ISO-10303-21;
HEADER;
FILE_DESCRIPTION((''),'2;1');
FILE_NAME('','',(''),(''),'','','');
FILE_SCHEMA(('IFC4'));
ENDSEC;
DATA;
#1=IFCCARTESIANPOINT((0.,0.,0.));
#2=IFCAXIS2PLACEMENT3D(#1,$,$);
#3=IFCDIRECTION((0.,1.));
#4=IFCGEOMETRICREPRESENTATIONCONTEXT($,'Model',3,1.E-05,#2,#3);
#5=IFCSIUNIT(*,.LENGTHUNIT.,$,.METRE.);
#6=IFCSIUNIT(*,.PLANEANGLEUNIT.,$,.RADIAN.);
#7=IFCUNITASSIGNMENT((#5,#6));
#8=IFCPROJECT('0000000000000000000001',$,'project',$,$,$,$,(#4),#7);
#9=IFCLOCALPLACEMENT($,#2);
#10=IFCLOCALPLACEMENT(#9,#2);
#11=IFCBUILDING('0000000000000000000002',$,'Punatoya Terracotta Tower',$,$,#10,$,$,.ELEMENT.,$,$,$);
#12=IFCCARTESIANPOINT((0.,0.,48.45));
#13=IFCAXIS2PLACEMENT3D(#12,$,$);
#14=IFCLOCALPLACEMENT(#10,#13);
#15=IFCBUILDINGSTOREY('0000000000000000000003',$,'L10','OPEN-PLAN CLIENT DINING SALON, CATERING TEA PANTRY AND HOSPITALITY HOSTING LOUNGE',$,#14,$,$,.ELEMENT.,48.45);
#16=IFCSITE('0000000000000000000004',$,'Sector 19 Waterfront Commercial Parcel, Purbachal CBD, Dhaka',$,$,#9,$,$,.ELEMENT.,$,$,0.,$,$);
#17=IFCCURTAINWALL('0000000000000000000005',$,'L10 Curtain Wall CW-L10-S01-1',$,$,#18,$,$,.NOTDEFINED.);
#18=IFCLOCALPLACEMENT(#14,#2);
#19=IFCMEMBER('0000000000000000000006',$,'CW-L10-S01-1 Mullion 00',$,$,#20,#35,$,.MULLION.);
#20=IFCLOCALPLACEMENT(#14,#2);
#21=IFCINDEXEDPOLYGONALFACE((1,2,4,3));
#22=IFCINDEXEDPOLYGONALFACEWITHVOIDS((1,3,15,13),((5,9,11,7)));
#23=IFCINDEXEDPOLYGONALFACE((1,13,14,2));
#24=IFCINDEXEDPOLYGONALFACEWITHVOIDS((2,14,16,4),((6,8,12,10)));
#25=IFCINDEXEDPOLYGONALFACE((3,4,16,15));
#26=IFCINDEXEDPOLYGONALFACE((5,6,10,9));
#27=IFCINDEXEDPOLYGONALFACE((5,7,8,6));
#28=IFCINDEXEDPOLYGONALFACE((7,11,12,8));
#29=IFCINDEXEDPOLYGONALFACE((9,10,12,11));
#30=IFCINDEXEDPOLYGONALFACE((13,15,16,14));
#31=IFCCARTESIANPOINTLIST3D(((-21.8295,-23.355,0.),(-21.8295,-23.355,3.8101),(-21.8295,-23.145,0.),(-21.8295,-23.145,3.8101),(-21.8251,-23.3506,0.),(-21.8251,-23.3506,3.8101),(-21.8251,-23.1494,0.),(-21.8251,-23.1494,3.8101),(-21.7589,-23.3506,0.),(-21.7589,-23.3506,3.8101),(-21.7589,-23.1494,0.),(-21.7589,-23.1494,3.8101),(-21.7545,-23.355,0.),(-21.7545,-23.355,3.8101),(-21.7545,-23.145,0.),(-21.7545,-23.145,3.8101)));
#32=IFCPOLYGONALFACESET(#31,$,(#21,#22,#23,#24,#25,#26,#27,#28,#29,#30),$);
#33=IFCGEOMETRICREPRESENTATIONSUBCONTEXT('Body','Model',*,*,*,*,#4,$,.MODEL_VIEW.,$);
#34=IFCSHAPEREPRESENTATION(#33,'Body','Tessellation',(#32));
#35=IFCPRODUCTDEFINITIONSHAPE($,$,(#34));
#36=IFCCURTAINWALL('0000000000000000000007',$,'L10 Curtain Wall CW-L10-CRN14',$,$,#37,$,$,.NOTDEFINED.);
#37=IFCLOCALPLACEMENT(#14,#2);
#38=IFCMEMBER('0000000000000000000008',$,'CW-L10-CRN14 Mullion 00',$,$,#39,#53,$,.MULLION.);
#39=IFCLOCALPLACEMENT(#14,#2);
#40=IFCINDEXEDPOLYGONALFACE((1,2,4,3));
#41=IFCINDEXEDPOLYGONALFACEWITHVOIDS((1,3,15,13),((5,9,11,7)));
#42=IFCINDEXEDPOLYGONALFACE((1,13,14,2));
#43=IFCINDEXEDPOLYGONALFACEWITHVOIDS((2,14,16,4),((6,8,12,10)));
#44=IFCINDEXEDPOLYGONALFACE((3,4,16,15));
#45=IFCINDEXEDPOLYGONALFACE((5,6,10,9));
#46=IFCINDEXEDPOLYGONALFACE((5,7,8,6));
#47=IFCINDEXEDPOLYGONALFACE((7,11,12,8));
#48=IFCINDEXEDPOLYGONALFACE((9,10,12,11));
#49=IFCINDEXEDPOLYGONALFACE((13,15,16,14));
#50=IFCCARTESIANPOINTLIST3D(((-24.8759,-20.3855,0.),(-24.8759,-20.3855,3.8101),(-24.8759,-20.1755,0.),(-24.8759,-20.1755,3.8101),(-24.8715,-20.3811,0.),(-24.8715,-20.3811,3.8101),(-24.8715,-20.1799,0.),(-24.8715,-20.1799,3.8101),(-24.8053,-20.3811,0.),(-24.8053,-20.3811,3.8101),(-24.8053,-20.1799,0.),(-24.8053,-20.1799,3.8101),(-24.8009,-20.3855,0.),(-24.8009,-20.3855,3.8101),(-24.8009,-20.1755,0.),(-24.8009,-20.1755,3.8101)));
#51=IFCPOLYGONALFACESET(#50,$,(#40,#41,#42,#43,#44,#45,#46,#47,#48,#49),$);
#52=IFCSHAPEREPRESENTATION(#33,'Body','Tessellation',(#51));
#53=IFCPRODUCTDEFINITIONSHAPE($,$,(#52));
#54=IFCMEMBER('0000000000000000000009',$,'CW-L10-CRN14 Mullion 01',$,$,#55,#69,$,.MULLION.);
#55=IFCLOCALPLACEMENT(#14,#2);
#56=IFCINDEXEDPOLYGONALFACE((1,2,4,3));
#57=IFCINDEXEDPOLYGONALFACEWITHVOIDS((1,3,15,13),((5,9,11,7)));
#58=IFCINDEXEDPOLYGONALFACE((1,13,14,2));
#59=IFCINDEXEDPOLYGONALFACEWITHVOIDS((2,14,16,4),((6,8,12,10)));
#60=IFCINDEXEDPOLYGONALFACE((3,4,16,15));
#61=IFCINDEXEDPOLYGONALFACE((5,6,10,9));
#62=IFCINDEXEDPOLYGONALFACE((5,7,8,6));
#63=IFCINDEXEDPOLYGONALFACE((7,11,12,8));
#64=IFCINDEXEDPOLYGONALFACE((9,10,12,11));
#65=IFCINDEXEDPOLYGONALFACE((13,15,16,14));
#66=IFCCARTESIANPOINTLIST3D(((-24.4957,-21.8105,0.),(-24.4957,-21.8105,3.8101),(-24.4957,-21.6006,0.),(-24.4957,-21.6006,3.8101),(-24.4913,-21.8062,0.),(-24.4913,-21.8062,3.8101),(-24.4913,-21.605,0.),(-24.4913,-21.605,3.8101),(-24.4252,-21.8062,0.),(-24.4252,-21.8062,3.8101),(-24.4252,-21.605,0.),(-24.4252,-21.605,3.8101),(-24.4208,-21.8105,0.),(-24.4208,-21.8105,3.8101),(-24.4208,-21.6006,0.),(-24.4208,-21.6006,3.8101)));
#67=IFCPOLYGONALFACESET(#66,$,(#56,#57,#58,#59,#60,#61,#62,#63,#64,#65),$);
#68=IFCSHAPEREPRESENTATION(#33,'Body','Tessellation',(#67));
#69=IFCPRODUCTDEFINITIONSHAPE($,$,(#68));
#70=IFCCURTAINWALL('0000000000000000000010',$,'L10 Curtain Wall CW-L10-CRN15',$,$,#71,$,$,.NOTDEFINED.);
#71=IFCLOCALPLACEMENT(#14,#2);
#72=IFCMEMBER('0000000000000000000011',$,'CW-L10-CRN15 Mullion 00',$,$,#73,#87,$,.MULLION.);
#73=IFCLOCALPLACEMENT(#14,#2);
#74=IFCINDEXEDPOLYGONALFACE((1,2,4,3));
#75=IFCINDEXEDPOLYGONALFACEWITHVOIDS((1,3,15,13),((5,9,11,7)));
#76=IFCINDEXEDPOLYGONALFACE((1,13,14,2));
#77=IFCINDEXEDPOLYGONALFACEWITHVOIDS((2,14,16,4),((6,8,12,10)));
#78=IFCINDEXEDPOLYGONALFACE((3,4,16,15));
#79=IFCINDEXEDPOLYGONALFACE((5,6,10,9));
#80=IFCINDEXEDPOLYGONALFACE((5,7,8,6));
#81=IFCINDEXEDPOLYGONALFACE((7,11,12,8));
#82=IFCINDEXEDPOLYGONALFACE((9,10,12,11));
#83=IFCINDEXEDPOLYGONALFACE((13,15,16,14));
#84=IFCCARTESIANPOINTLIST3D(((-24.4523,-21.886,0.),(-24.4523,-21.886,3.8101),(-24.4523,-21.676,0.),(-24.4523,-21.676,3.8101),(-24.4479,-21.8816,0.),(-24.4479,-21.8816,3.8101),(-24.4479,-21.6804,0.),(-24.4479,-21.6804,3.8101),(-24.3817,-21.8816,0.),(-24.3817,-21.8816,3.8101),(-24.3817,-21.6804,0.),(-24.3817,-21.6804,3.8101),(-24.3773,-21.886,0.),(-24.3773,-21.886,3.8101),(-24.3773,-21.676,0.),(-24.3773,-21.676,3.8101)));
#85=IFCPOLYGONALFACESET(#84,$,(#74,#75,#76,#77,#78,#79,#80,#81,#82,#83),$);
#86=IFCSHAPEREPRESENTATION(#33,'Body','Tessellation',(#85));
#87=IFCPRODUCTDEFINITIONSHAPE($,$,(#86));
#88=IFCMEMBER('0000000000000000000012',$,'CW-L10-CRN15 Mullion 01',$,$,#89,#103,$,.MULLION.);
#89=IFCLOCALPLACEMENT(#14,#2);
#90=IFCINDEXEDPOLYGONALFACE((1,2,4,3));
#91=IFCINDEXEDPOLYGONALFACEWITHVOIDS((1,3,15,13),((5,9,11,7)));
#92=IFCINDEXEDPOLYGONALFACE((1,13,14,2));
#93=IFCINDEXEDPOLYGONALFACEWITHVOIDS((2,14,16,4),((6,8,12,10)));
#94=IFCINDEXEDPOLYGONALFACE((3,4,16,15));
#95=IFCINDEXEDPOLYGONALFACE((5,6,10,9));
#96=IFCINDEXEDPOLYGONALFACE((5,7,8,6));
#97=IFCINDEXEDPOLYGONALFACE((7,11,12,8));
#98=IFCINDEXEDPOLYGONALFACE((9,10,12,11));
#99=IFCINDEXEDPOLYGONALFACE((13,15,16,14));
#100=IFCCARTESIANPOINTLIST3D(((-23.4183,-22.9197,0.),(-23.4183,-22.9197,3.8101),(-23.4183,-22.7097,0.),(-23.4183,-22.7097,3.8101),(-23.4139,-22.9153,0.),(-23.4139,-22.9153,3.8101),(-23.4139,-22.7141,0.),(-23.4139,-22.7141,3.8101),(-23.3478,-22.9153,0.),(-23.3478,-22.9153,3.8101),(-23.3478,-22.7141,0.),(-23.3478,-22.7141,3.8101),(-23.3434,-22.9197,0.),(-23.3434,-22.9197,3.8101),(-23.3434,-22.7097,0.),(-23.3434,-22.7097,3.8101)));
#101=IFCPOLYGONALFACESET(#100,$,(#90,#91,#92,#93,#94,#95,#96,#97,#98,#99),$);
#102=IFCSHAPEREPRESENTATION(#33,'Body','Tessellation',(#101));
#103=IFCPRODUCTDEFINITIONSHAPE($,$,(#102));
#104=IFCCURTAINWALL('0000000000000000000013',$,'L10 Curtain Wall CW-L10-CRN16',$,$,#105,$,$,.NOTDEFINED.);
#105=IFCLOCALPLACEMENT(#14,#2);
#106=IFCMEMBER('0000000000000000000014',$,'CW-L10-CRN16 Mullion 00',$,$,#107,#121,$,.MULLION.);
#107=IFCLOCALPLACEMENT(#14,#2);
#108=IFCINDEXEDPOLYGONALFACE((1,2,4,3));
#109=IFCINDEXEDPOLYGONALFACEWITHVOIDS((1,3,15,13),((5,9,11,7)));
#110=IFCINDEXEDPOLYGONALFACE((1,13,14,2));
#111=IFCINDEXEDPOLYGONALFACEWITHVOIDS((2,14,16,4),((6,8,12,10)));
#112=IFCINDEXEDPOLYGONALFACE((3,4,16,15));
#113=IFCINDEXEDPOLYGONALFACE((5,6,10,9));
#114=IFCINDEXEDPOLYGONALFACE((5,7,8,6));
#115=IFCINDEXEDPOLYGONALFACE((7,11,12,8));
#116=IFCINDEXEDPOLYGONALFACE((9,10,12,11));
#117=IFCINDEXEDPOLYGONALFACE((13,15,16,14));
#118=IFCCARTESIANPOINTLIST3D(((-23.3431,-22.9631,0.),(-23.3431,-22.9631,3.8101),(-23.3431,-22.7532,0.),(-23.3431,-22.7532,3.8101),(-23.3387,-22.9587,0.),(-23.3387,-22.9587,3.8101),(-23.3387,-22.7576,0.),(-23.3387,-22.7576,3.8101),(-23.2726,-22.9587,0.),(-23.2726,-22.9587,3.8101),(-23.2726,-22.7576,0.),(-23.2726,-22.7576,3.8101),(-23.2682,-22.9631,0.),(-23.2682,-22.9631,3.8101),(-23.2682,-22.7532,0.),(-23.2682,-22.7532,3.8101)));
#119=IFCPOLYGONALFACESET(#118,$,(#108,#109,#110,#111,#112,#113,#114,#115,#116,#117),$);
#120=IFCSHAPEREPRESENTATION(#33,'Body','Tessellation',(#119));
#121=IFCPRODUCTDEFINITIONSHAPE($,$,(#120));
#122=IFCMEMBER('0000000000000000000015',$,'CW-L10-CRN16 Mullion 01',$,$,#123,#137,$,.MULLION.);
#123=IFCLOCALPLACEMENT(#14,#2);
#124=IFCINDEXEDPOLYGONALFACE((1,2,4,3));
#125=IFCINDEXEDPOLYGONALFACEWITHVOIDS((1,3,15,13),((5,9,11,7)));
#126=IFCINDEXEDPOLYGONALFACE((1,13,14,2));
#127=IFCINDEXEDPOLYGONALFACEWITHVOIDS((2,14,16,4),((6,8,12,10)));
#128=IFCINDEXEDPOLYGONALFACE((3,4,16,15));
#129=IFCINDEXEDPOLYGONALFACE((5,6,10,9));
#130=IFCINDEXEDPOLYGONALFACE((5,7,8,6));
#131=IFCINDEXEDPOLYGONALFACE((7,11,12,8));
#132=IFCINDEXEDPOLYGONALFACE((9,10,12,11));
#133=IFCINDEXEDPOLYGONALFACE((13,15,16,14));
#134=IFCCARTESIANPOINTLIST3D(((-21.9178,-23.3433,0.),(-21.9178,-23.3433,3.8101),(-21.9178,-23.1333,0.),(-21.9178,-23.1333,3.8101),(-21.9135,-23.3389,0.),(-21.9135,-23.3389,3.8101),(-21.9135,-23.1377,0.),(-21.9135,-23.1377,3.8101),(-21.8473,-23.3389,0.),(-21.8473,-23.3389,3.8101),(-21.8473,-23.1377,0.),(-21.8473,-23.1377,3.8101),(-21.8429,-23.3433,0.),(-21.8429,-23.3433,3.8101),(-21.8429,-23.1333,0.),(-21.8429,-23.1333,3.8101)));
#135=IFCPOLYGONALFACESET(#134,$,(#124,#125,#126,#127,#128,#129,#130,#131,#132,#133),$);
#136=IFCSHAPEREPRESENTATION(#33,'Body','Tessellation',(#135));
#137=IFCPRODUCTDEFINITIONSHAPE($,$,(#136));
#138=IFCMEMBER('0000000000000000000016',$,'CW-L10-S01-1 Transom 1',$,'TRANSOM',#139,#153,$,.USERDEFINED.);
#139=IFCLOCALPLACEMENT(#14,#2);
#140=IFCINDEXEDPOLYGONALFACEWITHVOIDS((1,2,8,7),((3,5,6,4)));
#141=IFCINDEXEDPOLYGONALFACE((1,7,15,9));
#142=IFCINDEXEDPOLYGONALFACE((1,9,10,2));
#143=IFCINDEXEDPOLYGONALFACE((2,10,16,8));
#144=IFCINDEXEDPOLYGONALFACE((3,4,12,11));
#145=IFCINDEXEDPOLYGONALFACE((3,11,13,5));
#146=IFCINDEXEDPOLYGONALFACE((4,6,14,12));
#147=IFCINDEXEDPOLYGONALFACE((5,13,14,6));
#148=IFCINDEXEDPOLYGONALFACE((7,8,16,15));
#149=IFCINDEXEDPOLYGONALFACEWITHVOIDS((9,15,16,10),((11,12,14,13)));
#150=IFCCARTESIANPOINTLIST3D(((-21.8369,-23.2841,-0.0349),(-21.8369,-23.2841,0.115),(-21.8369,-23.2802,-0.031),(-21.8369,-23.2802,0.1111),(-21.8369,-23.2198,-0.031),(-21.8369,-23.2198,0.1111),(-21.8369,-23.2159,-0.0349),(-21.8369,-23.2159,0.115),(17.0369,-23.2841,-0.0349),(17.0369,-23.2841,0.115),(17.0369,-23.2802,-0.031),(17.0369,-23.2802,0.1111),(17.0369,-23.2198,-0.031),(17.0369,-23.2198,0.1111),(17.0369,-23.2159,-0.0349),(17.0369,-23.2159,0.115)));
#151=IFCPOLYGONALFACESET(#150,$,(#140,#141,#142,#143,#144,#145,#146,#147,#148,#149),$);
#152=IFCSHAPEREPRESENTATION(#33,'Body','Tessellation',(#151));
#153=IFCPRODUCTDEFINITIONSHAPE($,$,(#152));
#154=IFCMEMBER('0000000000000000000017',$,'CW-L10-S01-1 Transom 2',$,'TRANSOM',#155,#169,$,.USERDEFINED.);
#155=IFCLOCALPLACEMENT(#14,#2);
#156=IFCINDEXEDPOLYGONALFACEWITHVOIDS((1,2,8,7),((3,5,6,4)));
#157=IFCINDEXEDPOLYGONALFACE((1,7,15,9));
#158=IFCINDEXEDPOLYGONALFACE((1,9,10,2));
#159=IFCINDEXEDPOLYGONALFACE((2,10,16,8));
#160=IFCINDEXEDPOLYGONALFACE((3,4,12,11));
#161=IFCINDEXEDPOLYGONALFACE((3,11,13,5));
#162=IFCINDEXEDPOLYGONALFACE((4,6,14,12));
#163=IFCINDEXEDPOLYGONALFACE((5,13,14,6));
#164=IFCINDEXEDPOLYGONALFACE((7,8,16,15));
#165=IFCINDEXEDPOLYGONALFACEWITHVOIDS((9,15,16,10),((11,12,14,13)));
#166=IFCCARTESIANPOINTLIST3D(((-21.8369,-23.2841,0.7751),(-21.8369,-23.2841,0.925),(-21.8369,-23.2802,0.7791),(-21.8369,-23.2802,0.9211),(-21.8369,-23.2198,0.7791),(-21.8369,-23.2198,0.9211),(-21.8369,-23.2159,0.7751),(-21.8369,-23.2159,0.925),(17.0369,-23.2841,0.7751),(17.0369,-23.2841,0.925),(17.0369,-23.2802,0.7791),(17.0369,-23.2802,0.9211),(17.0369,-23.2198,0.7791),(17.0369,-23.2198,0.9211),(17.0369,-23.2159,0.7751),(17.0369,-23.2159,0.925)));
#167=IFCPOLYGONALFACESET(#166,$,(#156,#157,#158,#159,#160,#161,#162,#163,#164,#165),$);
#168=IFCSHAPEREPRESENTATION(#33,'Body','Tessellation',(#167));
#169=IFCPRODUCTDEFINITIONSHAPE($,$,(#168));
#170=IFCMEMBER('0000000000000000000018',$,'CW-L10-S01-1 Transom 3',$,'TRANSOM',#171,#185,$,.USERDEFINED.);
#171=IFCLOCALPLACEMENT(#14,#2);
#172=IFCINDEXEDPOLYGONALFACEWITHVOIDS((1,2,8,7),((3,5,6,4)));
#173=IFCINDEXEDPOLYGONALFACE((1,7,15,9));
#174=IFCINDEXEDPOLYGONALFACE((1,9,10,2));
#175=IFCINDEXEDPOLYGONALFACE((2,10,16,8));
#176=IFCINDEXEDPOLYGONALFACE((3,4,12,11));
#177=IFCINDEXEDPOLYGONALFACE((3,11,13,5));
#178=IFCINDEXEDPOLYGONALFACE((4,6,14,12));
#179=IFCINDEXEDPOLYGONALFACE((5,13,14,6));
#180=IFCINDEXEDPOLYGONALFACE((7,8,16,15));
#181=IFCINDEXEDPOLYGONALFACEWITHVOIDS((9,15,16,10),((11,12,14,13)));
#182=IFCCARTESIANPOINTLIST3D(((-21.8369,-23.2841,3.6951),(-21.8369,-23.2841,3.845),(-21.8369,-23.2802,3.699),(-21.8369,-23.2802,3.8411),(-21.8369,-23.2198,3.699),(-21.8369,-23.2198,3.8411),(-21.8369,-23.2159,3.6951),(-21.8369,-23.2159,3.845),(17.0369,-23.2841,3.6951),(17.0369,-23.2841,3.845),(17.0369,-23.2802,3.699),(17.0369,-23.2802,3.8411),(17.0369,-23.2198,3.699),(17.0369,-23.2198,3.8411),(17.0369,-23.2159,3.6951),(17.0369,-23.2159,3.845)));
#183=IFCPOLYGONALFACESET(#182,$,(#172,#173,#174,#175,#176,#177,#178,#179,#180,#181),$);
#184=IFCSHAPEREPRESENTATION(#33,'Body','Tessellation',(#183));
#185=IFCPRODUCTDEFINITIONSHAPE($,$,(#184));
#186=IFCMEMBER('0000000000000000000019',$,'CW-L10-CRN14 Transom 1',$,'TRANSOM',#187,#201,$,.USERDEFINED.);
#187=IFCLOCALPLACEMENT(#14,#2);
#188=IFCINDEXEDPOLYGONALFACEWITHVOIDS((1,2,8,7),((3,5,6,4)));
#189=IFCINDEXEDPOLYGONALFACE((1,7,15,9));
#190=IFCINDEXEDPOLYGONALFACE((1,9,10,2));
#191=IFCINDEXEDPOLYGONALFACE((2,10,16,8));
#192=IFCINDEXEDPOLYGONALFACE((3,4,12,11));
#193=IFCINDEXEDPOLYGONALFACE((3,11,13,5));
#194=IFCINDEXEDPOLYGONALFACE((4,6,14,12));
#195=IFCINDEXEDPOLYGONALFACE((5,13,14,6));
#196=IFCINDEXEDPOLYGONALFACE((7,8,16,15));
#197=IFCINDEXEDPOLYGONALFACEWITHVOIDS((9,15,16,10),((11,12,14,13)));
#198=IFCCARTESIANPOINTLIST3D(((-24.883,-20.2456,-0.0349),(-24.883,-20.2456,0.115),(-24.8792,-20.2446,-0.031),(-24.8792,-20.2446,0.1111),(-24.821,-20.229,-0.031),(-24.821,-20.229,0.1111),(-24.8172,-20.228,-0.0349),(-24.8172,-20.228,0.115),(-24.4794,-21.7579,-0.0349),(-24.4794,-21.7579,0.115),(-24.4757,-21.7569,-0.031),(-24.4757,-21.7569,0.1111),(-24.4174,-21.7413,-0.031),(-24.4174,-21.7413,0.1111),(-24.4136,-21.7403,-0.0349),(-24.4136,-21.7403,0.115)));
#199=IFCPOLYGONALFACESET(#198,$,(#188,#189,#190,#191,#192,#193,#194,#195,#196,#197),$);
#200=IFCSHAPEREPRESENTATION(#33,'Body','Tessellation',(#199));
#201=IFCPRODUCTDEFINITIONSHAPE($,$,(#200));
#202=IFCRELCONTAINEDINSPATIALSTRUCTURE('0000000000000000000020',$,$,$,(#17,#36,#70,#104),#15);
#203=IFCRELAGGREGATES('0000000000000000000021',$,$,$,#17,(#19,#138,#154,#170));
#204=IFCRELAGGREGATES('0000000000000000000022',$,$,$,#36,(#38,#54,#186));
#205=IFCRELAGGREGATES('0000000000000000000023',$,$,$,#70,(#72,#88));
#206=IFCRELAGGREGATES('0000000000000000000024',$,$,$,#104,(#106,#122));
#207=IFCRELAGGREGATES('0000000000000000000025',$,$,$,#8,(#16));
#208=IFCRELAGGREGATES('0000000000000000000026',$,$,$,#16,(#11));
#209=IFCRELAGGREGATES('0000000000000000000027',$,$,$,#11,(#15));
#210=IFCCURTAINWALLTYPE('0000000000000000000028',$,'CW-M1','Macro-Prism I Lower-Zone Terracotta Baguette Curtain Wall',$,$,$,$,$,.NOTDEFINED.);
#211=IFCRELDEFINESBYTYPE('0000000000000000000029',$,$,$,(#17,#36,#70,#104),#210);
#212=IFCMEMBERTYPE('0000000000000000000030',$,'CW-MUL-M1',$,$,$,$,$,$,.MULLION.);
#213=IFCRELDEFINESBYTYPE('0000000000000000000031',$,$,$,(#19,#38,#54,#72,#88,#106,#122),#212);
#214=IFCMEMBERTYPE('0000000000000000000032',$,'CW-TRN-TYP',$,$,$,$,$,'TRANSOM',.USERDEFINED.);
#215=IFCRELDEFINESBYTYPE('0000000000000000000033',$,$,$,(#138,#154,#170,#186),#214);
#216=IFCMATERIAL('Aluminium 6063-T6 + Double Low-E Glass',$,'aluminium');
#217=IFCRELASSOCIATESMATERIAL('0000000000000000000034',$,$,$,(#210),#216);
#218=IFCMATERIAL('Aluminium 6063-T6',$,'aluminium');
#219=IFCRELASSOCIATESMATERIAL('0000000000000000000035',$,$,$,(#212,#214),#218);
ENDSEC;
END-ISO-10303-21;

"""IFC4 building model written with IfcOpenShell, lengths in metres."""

from ifc_helpers import new_model, si_unit, direction, frame, origin, origin_2d, place, context, subcontext, project, spatial, hollow_rectangle, extrude, material, material_profile, profile_set, type_object, element, aggregate, save


model = new_model("IFC4")

# Units and contexts
model_context = context("Model", 3, precision=1e-05, world=origin(), true_north=direction((0.0, 1.0)))
body_context = subcontext(model_context, "Body", "Model", "MODEL_VIEW")
ifc_project = project(units=[si_unit("LENGTHUNIT", "METRE"), si_unit("PLANEANGLEUNIT", "RADIAN")], contexts=[model_context])

# Site, building, storey
site_placement = place(None, origin())
site = spatial("IfcSite", under=ifc_project, at=site_placement, Name="Sector 19 Waterfront Commercial Parcel, Purbachal CBD, Dhaka", CompositionType="ELEMENT", RefElevation=0.0)
building_placement = place(site_placement, origin())
building = spatial("IfcBuilding", under=site, at=building_placement, Name="Punatoya Terracotta Tower", CompositionType="ELEMENT")
storey_placement = place(building_placement, frame((0.0, 0.0, 48.45)))
storey = spatial("IfcBuildingStorey", under=building, at=storey_placement, Name="L10", Description="OPEN-PLAN CLIENT DINING SALON, CATERING TEA PANTRY AND HOSPITALITY HOSTING LOUNGE", CompositionType="ELEMENT", Elevation=48.45)

# Curtain wall, member
ifc_material_1 = material(Name="Aluminium 6063-T6 + Double Low-E Glass", Category="aluminium")
curtain_wall_type = type_object("IfcCurtainWallType", Name="CW-M1", Description="Macro-Prism I Lower-Zone Terracotta Baguette Curtain Wall", PredefinedType="NOTDEFINED", material=ifc_material_1)
curtain_wall_1_placement = place(storey_placement, origin())
curtain_wall_1 = element("IfcCurtainWall", 1, at=curtain_wall_1_placement, inside=storey, type_object=curtain_wall_type, Name="L10 Curtain Wall CW-L10-S01-1", PredefinedType="NOTDEFINED")
ifc_material_2 = material(Name="Aluminium 6063-T6", Category="aluminium")
ifc_material_profile_1 = material_profile(ifc_material_2, hollow_rectangle(XDim=0.075, YDim=0.21, WallThickness=0.0044, at=origin_2d()))
ifc_profile_set_1 = profile_set([ifc_material_profile_1], Name="Aluminium 6063-T6")
member_type_1 = type_object("IfcMemberType", Name="CW-MUL-M1", PredefinedType="MULLION", material=ifc_profile_set_1)
member_1_placement = place(storey_placement, frame((-21.792, -23.25, 0.0), z_axis=(0.0, 0.0, 1.0), x_axis=(1.0, 0.0, 0.0)))
member_1 = element("IfcMember", 2, at=member_1_placement, type_object=member_type_1, Name="CW-L10-S01-1 Mullion 00", PredefinedType="MULLION", context=body_context, shape_type="SweptSolid", body=[
    extrude(hollow_rectangle(XDim=0.075, YDim=0.21, WallThickness=0.0044, at=origin_2d()), origin(), (0.0, 0.0, 1.0), 3.8101),
])

# Curtain walls, members
curtain_wall_2_placement = place(storey_placement, origin())
curtain_wall_2 = element("IfcCurtainWall", 3, at=curtain_wall_2_placement, inside=storey, type_object=curtain_wall_type, Name="L10 Curtain Wall CW-L10-CRN14", PredefinedType="NOTDEFINED")
member_2_placement = place(storey_placement, frame((-24.8384, -20.2805, 0.0), z_axis=(0.0, 0.0, 1.0), x_axis=(1.0, 0.0, 0.0)))
member_2 = element("IfcMember", 4, at=member_2_placement, type_object=member_type_1, Name="CW-L10-CRN14 Mullion 00", PredefinedType="MULLION", context=body_context, shape_type="SweptSolid", body=[
    extrude(hollow_rectangle(XDim=0.075, YDim=0.21, WallThickness=0.0044, at=origin_2d()), origin(), (0.0, 0.0, 1.0), 3.8101),
])
member_3_placement = place(storey_placement, frame((-24.4583, -21.7056, 0.0), z_axis=(0.0, 0.0, 1.0), x_axis=(1.0, 0.0, 0.0)))
member_3 = element("IfcMember", 5, at=member_3_placement, type_object=member_type_1, Name="CW-L10-CRN14 Mullion 01", PredefinedType="MULLION", context=body_context, shape_type="SweptSolid", body=[
    extrude(hollow_rectangle(XDim=0.075, YDim=0.21, WallThickness=0.0044, at=origin_2d()), origin(), (0.0, 0.0, 1.0), 3.8101),
])
curtain_wall_3_placement = place(storey_placement, origin())
curtain_wall_3 = element("IfcCurtainWall", 6, at=curtain_wall_3_placement, inside=storey, type_object=curtain_wall_type, Name="L10 Curtain Wall CW-L10-CRN15", PredefinedType="NOTDEFINED")
member_4_placement = place(storey_placement, frame((-24.4148, -21.781, 0.0), z_axis=(0.0, 0.0, 1.0), x_axis=(1.0, 0.0, 0.0)))
member_4 = element("IfcMember", 7, at=member_4_placement, type_object=member_type_1, Name="CW-L10-CRN15 Mullion 00", PredefinedType="MULLION", context=body_context, shape_type="SweptSolid", body=[
    extrude(hollow_rectangle(XDim=0.075, YDim=0.21, WallThickness=0.0044, at=origin_2d()), origin(), (0.0, 0.0, 1.0), 3.8101),
])
member_5_placement = place(storey_placement, frame((-23.3809, -22.8147, 0.0), z_axis=(0.0, 0.0, 1.0), x_axis=(1.0, 0.0, 0.0)))
member_5 = element("IfcMember", 8, at=member_5_placement, type_object=member_type_1, Name="CW-L10-CRN15 Mullion 01", PredefinedType="MULLION", context=body_context, shape_type="SweptSolid", body=[
    extrude(hollow_rectangle(XDim=0.075, YDim=0.21, WallThickness=0.0044, at=origin_2d()), origin(), (0.0, 0.0, 1.0), 3.8101),
])
curtain_wall_4_placement = place(storey_placement, origin())
curtain_wall_4 = element("IfcCurtainWall", 9, at=curtain_wall_4_placement, inside=storey, type_object=curtain_wall_type, Name="L10 Curtain Wall CW-L10-CRN16", PredefinedType="NOTDEFINED")
member_6_placement = place(storey_placement, frame((-23.3057, -22.8582, 0.0), z_axis=(0.0, 0.0, 1.0), x_axis=(1.0, 0.0, 0.0)))
member_6 = element("IfcMember", 10, at=member_6_placement, type_object=member_type_1, Name="CW-L10-CRN16 Mullion 00", PredefinedType="MULLION", context=body_context, shape_type="SweptSolid", body=[
    extrude(hollow_rectangle(XDim=0.075, YDim=0.21, WallThickness=0.0044, at=origin_2d()), origin(), (0.0, 0.0, 1.0), 3.8101),
])
member_7_placement = place(storey_placement, frame((-21.8804, -23.2383, 0.0), z_axis=(0.0, 0.0, 1.0), x_axis=(1.0, 0.0, 0.0)))
member_7 = element("IfcMember", 11, at=member_7_placement, type_object=member_type_1, Name="CW-L10-CRN16 Mullion 01", PredefinedType="MULLION", context=body_context, shape_type="SweptSolid", body=[
    extrude(hollow_rectangle(XDim=0.075, YDim=0.21, WallThickness=0.0044, at=origin_2d()), origin(), (0.0, 0.0, 1.0), 3.8101),
])

# Members
ifc_material_profile_2 = material_profile(ifc_material_2, hollow_rectangle(XDim=0.0681, YDim=0.1499, WallThickness=0.0039, at=origin_2d()))
ifc_profile_set_2 = profile_set([ifc_material_profile_2], Name="Aluminium 6063-T6")
member_type_2 = type_object("IfcMemberType", Name="CW-TRN-TYP", ElementType="TRANSOM", PredefinedType="USERDEFINED", material=ifc_profile_set_2)
member_8_placement = place(storey_placement, frame((-21.8369, -23.25, 0.04), z_axis=(1.0, 0.0, 0.0), x_axis=(0.0, 1.0, 0.0)))
member_8 = element("IfcMember", 12, at=member_8_placement, type_object=member_type_2, Name="CW-L10-S01-1 Transom 1", ObjectType="TRANSOM", PredefinedType="USERDEFINED", context=body_context, shape_type="SweptSolid", body=[
    extrude(hollow_rectangle(XDim=0.0681, YDim=0.1499, WallThickness=0.0039, at=origin_2d()), origin(), (0.0, 0.0, 1.0), 38.8738),
])
member_9_placement = place(storey_placement, frame((-21.8369, -23.25, 0.8501), z_axis=(1.0, 0.0, 0.0), x_axis=(0.0, 1.0, 0.0)))
member_9 = element("IfcMember", 13, at=member_9_placement, type_object=member_type_2, Name="CW-L10-S01-1 Transom 2", ObjectType="TRANSOM", PredefinedType="USERDEFINED", context=body_context, shape_type="SweptSolid", body=[
    extrude(hollow_rectangle(XDim=0.0681, YDim=0.1499, WallThickness=0.0039, at=origin_2d()), origin(), (0.0, 0.0, 1.0), 38.8738),
])
member_10_placement = place(storey_placement, frame((-21.8369, -23.25, 3.77), z_axis=(1.0, 0.0, 0.0), x_axis=(0.0, 1.0, 0.0)))
member_10 = element("IfcMember", 14, at=member_10_placement, type_object=member_type_2, Name="CW-L10-S01-1 Transom 3", ObjectType="TRANSOM", PredefinedType="USERDEFINED", context=body_context, shape_type="SweptSolid", body=[
    extrude(hollow_rectangle(XDim=0.0681, YDim=0.1499, WallThickness=0.0039, at=origin_2d()), origin(), (0.0, 0.0, 1.0), 38.8738),
])
member_11_placement = place(storey_placement, frame((-24.8501, -20.2368, 0.04), z_axis=(0.257847, -0.966186, 0.0), x_axis=(0.966186, 0.257847, 0.0)))
member_11 = element("IfcMember", 15, at=member_11_placement, type_object=member_type_2, Name="CW-L10-CRN14 Transom 1", ObjectType="TRANSOM", PredefinedType="USERDEFINED", context=body_context, shape_type="SweptSolid", body=[
    extrude(hollow_rectangle(XDim=0.0681, YDim=0.1499, WallThickness=0.0039, at=origin_2d()), origin(), (0.0, 0.0, 1.0), 1.5652),
])

aggregate(curtain_wall_1, [member_1, member_8, member_9, member_10])
aggregate(curtain_wall_2, [member_2, member_3, member_11])
aggregate(curtain_wall_3, [member_4, member_5])
aggregate(curtain_wall_4, [member_6, member_7])

save(model, "model.ifc")
